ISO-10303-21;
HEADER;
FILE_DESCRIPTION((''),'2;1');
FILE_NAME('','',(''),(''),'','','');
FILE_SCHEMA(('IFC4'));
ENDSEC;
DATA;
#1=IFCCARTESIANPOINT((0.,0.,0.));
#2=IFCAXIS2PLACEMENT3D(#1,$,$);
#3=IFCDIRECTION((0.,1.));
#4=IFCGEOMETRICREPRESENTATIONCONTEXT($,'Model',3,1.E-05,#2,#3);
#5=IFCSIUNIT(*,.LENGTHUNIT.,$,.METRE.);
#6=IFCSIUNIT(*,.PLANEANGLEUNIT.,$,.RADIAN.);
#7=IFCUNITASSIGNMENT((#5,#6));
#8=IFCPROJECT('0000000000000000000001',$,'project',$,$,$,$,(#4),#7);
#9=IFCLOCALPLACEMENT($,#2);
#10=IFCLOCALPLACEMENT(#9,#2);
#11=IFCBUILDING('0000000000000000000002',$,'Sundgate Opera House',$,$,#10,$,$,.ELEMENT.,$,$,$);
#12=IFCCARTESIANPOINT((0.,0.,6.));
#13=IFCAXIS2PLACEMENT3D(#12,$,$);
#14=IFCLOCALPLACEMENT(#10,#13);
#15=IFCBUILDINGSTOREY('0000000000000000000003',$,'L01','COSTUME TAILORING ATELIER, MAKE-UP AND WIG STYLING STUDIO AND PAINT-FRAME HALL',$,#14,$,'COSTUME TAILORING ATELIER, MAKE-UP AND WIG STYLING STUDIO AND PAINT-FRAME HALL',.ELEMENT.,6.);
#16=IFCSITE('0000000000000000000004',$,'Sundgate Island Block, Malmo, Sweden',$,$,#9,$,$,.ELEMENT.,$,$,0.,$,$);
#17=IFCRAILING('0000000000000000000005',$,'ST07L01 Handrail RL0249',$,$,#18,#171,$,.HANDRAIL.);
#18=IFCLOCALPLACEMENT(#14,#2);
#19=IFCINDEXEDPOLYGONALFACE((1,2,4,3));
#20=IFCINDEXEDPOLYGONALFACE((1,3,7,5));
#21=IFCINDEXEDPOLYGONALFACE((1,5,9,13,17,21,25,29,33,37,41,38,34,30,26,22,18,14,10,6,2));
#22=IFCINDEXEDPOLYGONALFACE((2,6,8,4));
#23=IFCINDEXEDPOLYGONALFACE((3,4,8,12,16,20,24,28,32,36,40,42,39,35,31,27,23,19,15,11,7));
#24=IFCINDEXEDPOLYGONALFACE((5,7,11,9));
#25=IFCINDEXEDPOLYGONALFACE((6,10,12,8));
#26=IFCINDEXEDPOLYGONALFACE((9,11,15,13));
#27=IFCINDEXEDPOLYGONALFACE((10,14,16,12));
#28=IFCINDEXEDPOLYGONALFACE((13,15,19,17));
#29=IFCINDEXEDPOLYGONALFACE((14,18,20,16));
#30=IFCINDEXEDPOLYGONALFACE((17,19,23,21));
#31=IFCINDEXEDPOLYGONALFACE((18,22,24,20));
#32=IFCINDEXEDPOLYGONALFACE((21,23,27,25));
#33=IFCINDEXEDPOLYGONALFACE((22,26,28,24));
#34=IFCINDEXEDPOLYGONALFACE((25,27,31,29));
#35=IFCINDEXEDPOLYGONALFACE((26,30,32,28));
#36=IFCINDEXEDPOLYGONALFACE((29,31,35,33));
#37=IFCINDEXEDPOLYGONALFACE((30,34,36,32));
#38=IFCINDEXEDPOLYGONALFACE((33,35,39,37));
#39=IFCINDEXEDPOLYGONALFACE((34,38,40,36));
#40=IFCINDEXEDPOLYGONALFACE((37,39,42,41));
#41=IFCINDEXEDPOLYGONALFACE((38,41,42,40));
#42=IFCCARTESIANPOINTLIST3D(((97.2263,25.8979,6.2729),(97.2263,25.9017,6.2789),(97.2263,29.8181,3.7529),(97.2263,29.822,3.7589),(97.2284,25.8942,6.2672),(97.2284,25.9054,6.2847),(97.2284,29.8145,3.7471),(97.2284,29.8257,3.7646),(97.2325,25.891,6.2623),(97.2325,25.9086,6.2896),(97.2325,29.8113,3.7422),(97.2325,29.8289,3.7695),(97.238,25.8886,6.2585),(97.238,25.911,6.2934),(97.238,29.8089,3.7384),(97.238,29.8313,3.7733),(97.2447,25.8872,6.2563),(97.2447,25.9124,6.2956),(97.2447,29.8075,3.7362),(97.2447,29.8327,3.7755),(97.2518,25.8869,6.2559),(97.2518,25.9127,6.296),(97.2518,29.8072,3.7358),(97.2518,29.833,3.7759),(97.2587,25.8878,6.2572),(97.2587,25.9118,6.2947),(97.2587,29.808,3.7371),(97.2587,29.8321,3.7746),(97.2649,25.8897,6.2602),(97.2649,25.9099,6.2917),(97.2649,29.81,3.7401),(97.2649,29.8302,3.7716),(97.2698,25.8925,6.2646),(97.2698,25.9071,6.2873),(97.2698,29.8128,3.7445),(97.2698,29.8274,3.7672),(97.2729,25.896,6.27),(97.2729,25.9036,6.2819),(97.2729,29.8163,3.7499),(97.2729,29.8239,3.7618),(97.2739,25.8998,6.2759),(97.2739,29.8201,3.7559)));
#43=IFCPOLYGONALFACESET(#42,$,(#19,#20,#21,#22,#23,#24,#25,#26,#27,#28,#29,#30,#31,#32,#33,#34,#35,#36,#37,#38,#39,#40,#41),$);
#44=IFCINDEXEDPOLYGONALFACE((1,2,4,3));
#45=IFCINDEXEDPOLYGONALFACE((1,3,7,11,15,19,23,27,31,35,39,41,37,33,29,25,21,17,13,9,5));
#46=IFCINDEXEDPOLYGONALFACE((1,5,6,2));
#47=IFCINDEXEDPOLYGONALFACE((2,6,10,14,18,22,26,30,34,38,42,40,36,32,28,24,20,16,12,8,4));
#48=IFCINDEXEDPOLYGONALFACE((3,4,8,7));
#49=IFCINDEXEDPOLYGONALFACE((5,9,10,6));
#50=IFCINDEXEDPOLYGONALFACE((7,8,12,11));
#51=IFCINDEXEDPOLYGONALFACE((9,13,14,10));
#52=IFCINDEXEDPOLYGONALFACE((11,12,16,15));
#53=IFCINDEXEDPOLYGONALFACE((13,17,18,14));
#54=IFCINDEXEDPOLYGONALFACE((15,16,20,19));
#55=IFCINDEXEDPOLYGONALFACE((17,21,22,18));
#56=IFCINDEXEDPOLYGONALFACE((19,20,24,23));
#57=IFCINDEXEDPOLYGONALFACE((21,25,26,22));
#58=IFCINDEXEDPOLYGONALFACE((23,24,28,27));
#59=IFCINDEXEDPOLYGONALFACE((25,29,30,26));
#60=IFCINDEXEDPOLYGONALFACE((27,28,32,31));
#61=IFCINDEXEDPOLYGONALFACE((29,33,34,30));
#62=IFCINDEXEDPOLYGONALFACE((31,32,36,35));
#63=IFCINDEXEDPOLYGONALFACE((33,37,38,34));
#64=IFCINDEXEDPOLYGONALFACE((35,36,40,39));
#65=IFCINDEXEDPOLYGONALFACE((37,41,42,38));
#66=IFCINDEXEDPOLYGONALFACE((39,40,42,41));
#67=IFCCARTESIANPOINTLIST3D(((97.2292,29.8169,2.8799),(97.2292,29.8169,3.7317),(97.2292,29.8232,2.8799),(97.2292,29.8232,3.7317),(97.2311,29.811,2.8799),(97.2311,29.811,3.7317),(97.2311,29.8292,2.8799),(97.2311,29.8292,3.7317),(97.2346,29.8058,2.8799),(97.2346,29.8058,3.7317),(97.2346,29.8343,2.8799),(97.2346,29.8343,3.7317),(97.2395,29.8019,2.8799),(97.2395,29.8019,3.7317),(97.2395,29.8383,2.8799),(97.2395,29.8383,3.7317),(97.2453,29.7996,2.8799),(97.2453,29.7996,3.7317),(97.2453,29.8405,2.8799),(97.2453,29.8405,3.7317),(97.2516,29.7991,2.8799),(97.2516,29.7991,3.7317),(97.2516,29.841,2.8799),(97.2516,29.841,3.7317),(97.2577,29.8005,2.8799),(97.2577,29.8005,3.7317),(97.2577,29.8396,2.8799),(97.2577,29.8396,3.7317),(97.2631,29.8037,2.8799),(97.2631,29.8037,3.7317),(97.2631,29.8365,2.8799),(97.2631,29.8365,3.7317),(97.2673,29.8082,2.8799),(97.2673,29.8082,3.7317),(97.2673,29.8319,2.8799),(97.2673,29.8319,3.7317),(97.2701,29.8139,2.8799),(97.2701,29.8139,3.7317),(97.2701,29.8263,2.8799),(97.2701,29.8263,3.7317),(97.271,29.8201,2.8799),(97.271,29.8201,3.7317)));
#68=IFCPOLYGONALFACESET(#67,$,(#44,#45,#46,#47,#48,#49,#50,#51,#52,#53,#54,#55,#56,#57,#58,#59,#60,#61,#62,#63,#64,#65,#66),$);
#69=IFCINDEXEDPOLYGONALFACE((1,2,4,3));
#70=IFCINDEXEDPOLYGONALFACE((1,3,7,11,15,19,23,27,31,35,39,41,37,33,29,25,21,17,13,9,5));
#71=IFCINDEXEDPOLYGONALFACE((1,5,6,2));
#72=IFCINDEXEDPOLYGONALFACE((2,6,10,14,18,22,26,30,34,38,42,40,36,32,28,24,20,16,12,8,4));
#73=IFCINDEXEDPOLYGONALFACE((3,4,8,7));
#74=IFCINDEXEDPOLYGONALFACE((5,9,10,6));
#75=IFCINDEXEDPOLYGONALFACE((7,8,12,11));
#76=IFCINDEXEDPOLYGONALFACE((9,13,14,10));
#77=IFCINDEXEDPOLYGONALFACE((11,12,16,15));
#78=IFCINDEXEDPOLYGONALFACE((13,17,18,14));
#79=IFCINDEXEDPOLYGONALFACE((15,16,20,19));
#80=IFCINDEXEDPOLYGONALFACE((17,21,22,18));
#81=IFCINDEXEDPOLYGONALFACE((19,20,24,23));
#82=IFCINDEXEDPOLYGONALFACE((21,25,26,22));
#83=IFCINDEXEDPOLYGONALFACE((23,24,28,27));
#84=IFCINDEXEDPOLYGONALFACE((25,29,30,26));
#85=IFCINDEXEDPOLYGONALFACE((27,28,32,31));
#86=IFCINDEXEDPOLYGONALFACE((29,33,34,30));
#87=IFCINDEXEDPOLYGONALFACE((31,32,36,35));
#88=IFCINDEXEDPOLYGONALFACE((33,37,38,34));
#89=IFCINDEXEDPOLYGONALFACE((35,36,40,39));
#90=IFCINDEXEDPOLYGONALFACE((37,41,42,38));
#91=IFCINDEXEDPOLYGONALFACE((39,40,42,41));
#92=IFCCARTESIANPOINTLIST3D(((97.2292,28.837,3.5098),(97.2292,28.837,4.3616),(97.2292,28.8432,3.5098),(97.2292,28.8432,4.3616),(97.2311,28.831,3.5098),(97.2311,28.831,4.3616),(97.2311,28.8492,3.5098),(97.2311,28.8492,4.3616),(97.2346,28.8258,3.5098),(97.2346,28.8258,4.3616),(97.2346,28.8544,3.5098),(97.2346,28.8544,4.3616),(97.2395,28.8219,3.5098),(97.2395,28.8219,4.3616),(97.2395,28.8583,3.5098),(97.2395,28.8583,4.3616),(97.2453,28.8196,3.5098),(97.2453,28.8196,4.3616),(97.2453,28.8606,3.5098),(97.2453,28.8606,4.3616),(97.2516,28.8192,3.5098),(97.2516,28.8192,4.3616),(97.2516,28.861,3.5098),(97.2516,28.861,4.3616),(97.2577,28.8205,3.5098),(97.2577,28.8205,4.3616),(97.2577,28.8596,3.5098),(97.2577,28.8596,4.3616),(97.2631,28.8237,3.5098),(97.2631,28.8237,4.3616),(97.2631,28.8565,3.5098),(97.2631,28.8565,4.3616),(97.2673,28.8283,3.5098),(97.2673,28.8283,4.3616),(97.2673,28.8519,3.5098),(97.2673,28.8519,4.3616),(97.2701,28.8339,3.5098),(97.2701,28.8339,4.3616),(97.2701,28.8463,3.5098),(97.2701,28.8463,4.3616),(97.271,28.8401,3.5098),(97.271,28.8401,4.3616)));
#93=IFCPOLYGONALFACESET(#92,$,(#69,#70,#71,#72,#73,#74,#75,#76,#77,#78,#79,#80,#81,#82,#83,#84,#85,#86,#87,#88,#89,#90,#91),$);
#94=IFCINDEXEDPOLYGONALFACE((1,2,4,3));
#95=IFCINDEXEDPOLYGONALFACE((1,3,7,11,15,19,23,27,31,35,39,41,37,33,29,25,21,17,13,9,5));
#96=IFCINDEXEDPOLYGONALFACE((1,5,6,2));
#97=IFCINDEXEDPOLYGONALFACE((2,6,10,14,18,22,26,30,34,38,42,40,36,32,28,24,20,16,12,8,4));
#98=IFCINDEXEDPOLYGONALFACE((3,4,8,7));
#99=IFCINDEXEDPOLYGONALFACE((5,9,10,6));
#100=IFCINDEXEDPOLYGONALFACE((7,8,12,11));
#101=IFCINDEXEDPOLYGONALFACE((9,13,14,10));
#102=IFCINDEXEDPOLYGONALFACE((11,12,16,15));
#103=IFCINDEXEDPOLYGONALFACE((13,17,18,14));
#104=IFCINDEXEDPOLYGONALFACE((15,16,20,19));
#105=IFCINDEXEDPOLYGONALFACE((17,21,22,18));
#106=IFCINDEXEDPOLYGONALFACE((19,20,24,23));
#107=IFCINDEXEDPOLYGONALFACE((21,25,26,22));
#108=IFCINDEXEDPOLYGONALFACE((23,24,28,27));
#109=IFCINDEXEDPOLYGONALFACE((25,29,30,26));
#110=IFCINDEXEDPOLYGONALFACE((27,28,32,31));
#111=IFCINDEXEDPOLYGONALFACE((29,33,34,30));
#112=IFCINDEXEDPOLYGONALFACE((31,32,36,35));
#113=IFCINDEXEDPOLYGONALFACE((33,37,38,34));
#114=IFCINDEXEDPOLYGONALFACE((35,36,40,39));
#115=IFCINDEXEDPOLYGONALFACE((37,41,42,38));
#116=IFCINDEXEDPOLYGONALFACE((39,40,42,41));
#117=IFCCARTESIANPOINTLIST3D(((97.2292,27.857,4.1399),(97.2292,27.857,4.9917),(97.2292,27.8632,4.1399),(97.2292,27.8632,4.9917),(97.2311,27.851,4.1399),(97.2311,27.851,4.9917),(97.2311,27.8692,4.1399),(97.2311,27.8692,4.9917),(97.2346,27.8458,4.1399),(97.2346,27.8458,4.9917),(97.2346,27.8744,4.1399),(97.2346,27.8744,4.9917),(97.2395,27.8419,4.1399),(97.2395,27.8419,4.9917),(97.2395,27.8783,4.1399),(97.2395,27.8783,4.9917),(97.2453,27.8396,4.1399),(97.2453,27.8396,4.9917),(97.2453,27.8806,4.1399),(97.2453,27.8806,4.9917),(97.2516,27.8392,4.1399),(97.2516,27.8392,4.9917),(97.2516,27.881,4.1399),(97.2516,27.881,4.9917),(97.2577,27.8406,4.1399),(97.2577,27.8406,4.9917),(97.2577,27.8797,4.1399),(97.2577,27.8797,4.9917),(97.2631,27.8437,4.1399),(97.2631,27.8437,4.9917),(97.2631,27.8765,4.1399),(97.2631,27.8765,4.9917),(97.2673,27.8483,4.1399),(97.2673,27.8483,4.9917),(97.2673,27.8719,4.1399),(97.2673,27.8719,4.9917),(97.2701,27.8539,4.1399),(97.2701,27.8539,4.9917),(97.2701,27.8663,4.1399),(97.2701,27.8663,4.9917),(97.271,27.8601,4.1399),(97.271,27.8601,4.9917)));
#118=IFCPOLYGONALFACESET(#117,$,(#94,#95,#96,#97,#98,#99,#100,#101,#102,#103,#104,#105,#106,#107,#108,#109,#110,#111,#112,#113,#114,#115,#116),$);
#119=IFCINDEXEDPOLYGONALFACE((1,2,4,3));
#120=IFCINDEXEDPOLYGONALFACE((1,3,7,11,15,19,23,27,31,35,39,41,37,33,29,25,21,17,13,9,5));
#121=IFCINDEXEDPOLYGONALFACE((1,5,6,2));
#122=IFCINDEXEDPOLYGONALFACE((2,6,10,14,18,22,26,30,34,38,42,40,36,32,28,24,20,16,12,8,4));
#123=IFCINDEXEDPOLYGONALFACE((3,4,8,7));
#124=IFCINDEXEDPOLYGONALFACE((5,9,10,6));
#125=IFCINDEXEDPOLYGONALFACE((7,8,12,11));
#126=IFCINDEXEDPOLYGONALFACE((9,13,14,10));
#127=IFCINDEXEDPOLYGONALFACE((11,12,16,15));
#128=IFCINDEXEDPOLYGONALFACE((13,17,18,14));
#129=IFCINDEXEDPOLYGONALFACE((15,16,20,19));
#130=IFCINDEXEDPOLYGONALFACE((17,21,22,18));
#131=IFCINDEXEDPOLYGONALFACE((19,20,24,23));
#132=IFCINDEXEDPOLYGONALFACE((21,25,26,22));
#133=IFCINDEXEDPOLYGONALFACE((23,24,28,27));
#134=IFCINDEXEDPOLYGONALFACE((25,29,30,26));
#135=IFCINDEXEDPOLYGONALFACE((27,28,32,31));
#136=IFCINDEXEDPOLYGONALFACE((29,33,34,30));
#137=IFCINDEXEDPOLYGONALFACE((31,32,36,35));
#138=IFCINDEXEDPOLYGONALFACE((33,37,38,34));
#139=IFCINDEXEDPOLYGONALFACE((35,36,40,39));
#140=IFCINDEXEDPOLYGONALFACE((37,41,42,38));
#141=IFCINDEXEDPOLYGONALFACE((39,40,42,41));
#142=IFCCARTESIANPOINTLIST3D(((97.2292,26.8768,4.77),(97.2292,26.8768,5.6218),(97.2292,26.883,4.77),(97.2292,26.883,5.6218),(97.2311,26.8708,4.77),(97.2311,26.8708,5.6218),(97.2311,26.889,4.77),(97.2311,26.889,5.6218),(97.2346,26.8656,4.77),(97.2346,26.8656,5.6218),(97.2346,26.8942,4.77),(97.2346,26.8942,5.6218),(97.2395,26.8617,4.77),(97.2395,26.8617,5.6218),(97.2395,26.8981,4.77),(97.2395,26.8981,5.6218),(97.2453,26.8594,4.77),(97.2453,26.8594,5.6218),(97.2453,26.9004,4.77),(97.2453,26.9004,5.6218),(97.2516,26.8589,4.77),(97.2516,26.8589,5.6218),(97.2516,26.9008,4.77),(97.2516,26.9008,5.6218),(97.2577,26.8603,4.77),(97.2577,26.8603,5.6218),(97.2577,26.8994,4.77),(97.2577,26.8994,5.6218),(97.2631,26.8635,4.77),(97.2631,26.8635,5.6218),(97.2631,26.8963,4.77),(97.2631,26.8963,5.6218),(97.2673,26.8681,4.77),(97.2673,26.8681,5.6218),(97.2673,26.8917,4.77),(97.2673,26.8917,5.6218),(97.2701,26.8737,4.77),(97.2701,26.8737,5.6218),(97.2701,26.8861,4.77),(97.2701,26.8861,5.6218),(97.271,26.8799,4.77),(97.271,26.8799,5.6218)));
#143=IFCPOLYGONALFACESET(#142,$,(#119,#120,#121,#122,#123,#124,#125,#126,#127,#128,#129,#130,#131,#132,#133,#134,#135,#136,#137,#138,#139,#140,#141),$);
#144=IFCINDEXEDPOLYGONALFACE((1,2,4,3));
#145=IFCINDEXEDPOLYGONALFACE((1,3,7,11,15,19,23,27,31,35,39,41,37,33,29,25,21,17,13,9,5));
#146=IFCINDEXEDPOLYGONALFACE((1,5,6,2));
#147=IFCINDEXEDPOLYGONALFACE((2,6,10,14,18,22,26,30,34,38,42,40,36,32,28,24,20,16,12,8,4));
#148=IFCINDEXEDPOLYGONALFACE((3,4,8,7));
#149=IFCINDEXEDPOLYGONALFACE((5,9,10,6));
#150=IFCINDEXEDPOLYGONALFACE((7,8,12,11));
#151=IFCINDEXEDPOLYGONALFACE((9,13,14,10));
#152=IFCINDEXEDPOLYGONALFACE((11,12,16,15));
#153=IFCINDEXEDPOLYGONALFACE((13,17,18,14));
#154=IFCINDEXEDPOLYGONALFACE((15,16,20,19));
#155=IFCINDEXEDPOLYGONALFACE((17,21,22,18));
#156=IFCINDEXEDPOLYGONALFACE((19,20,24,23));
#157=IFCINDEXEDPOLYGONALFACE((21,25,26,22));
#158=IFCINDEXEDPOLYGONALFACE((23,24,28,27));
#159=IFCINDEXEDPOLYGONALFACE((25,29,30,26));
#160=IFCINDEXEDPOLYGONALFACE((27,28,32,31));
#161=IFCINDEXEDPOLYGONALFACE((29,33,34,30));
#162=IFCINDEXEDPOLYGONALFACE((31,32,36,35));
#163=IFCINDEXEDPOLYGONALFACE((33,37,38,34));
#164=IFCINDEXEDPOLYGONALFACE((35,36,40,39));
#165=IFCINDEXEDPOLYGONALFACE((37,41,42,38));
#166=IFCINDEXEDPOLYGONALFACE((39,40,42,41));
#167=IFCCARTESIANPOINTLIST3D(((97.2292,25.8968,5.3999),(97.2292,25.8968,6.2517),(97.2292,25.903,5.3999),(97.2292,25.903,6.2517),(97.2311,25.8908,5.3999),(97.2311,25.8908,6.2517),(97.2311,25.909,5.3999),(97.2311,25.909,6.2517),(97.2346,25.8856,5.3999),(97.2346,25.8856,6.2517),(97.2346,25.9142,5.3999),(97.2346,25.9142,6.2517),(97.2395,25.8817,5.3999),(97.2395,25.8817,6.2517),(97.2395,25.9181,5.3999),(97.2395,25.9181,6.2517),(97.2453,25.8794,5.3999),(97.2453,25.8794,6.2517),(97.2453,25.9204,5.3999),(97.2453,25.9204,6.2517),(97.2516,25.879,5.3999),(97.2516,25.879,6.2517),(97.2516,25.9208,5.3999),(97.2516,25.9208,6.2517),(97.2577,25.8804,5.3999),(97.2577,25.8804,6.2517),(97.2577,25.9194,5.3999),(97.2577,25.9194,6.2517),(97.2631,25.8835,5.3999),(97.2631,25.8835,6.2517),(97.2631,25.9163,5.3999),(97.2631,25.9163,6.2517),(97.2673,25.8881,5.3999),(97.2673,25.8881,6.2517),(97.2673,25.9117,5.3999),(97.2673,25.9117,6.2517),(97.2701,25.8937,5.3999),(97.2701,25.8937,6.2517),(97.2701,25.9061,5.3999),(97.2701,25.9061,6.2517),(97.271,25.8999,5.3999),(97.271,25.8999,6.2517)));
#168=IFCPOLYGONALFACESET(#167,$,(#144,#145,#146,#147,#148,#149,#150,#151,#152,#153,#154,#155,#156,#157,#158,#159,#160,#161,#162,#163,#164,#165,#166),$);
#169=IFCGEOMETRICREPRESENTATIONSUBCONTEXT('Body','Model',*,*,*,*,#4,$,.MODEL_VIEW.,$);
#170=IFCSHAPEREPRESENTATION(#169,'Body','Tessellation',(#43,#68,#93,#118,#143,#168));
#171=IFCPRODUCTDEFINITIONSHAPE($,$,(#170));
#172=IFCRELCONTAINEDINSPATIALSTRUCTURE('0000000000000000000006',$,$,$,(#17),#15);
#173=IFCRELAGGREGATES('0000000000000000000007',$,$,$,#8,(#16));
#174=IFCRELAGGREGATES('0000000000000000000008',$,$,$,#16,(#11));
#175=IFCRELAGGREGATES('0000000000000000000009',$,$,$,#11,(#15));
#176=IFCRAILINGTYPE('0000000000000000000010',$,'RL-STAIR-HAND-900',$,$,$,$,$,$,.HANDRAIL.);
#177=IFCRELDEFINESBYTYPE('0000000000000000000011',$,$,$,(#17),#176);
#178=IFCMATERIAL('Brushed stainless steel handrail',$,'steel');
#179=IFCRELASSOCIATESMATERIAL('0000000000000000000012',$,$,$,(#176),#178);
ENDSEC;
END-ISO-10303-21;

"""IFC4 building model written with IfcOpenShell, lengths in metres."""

from ifc_helpers import new_model, si_unit, direction, frame, origin, origin_2d, place, context, subcontext, project, spatial, circle, extrude, material, type_object, element, save


model = new_model("IFC4")

# Units and contexts
model_context = context("Model", 3, precision=1e-05, world=origin(), true_north=direction((0.0, 1.0)))
body_context = subcontext(model_context, "Body", "Model", "MODEL_VIEW")
ifc_project = project(units=[si_unit("LENGTHUNIT", "METRE"), si_unit("PLANEANGLEUNIT", "RADIAN")], contexts=[model_context])

# Site, building, storey
site_placement = place(None, origin())
site = spatial("IfcSite", under=ifc_project, at=site_placement, Name="Sundgate Island Block, Malmo, Sweden", CompositionType="ELEMENT", RefElevation=0.0)
building_placement = place(site_placement, origin())
building = spatial("IfcBuilding", under=site, at=building_placement, Name="Sundgate Opera House", CompositionType="ELEMENT")
storey_placement = place(building_placement, frame((0.0, 0.0, 6.0)))
storey = spatial("IfcBuildingStorey", under=building, at=storey_placement, Name="L01", Description="COSTUME TAILORING ATELIER, MAKE-UP AND WIG STYLING STUDIO AND PAINT-FRAME HALL", LongName="COSTUME TAILORING ATELIER, MAKE-UP AND WIG STYLING STUDIO AND PAINT-FRAME HALL", CompositionType="ELEMENT", Elevation=6.0)

# Railing
ifc_material_1 = material(Name="Brushed stainless steel handrail", Category="steel")
railing_type_1 = type_object("IfcRailingType", Name="RL-STAIR-HAND-900", PredefinedType="HANDRAIL", material=ifc_material_1)
railing_1_placement = place(storey_placement, frame((97.25, 29.8201, 2.8799)))
element("IfcRailing", 1, at=railing_1_placement, inside=storey, type_object=railing_type_1, Name="ST07L01 Handrail RL0249", PredefinedType="HANDRAIL", context=body_context, shape_type="SweptSolid", body=[
    extrude(circle(Radius=0.0239, at=origin_2d()), frame((0.0, 0.0, 0.876), z_axis=(0.0, -0.841187, 0.540744), x_axis=(1.0, 0.0, 0.0)), (0.0, 0.0, 1.0), 4.6604),
    extrude(circle(Radius=0.021, at=origin_2d()), origin(), (0.0, 0.0, 1.0), 0.8518),
    extrude(circle(Radius=0.021, at=origin_2d()), frame((0.0, -0.98, 0.6299)), (0.0, 0.0, 1.0), 0.8518),
    extrude(circle(Radius=0.021, at=origin_2d()), frame((0.0, -1.96, 1.26)), (0.0, 0.0, 1.0), 0.8518),
    extrude(circle(Radius=0.021, at=origin_2d()), frame((0.0, -2.9402, 1.8901)), (0.0, 0.0, 1.0), 0.8518),
    extrude(circle(Radius=0.021, at=origin_2d()), frame((0.0, -3.9202, 2.52)), (0.0, 0.0, 1.0), 0.8518),
])

save(model, "model.ifc")
